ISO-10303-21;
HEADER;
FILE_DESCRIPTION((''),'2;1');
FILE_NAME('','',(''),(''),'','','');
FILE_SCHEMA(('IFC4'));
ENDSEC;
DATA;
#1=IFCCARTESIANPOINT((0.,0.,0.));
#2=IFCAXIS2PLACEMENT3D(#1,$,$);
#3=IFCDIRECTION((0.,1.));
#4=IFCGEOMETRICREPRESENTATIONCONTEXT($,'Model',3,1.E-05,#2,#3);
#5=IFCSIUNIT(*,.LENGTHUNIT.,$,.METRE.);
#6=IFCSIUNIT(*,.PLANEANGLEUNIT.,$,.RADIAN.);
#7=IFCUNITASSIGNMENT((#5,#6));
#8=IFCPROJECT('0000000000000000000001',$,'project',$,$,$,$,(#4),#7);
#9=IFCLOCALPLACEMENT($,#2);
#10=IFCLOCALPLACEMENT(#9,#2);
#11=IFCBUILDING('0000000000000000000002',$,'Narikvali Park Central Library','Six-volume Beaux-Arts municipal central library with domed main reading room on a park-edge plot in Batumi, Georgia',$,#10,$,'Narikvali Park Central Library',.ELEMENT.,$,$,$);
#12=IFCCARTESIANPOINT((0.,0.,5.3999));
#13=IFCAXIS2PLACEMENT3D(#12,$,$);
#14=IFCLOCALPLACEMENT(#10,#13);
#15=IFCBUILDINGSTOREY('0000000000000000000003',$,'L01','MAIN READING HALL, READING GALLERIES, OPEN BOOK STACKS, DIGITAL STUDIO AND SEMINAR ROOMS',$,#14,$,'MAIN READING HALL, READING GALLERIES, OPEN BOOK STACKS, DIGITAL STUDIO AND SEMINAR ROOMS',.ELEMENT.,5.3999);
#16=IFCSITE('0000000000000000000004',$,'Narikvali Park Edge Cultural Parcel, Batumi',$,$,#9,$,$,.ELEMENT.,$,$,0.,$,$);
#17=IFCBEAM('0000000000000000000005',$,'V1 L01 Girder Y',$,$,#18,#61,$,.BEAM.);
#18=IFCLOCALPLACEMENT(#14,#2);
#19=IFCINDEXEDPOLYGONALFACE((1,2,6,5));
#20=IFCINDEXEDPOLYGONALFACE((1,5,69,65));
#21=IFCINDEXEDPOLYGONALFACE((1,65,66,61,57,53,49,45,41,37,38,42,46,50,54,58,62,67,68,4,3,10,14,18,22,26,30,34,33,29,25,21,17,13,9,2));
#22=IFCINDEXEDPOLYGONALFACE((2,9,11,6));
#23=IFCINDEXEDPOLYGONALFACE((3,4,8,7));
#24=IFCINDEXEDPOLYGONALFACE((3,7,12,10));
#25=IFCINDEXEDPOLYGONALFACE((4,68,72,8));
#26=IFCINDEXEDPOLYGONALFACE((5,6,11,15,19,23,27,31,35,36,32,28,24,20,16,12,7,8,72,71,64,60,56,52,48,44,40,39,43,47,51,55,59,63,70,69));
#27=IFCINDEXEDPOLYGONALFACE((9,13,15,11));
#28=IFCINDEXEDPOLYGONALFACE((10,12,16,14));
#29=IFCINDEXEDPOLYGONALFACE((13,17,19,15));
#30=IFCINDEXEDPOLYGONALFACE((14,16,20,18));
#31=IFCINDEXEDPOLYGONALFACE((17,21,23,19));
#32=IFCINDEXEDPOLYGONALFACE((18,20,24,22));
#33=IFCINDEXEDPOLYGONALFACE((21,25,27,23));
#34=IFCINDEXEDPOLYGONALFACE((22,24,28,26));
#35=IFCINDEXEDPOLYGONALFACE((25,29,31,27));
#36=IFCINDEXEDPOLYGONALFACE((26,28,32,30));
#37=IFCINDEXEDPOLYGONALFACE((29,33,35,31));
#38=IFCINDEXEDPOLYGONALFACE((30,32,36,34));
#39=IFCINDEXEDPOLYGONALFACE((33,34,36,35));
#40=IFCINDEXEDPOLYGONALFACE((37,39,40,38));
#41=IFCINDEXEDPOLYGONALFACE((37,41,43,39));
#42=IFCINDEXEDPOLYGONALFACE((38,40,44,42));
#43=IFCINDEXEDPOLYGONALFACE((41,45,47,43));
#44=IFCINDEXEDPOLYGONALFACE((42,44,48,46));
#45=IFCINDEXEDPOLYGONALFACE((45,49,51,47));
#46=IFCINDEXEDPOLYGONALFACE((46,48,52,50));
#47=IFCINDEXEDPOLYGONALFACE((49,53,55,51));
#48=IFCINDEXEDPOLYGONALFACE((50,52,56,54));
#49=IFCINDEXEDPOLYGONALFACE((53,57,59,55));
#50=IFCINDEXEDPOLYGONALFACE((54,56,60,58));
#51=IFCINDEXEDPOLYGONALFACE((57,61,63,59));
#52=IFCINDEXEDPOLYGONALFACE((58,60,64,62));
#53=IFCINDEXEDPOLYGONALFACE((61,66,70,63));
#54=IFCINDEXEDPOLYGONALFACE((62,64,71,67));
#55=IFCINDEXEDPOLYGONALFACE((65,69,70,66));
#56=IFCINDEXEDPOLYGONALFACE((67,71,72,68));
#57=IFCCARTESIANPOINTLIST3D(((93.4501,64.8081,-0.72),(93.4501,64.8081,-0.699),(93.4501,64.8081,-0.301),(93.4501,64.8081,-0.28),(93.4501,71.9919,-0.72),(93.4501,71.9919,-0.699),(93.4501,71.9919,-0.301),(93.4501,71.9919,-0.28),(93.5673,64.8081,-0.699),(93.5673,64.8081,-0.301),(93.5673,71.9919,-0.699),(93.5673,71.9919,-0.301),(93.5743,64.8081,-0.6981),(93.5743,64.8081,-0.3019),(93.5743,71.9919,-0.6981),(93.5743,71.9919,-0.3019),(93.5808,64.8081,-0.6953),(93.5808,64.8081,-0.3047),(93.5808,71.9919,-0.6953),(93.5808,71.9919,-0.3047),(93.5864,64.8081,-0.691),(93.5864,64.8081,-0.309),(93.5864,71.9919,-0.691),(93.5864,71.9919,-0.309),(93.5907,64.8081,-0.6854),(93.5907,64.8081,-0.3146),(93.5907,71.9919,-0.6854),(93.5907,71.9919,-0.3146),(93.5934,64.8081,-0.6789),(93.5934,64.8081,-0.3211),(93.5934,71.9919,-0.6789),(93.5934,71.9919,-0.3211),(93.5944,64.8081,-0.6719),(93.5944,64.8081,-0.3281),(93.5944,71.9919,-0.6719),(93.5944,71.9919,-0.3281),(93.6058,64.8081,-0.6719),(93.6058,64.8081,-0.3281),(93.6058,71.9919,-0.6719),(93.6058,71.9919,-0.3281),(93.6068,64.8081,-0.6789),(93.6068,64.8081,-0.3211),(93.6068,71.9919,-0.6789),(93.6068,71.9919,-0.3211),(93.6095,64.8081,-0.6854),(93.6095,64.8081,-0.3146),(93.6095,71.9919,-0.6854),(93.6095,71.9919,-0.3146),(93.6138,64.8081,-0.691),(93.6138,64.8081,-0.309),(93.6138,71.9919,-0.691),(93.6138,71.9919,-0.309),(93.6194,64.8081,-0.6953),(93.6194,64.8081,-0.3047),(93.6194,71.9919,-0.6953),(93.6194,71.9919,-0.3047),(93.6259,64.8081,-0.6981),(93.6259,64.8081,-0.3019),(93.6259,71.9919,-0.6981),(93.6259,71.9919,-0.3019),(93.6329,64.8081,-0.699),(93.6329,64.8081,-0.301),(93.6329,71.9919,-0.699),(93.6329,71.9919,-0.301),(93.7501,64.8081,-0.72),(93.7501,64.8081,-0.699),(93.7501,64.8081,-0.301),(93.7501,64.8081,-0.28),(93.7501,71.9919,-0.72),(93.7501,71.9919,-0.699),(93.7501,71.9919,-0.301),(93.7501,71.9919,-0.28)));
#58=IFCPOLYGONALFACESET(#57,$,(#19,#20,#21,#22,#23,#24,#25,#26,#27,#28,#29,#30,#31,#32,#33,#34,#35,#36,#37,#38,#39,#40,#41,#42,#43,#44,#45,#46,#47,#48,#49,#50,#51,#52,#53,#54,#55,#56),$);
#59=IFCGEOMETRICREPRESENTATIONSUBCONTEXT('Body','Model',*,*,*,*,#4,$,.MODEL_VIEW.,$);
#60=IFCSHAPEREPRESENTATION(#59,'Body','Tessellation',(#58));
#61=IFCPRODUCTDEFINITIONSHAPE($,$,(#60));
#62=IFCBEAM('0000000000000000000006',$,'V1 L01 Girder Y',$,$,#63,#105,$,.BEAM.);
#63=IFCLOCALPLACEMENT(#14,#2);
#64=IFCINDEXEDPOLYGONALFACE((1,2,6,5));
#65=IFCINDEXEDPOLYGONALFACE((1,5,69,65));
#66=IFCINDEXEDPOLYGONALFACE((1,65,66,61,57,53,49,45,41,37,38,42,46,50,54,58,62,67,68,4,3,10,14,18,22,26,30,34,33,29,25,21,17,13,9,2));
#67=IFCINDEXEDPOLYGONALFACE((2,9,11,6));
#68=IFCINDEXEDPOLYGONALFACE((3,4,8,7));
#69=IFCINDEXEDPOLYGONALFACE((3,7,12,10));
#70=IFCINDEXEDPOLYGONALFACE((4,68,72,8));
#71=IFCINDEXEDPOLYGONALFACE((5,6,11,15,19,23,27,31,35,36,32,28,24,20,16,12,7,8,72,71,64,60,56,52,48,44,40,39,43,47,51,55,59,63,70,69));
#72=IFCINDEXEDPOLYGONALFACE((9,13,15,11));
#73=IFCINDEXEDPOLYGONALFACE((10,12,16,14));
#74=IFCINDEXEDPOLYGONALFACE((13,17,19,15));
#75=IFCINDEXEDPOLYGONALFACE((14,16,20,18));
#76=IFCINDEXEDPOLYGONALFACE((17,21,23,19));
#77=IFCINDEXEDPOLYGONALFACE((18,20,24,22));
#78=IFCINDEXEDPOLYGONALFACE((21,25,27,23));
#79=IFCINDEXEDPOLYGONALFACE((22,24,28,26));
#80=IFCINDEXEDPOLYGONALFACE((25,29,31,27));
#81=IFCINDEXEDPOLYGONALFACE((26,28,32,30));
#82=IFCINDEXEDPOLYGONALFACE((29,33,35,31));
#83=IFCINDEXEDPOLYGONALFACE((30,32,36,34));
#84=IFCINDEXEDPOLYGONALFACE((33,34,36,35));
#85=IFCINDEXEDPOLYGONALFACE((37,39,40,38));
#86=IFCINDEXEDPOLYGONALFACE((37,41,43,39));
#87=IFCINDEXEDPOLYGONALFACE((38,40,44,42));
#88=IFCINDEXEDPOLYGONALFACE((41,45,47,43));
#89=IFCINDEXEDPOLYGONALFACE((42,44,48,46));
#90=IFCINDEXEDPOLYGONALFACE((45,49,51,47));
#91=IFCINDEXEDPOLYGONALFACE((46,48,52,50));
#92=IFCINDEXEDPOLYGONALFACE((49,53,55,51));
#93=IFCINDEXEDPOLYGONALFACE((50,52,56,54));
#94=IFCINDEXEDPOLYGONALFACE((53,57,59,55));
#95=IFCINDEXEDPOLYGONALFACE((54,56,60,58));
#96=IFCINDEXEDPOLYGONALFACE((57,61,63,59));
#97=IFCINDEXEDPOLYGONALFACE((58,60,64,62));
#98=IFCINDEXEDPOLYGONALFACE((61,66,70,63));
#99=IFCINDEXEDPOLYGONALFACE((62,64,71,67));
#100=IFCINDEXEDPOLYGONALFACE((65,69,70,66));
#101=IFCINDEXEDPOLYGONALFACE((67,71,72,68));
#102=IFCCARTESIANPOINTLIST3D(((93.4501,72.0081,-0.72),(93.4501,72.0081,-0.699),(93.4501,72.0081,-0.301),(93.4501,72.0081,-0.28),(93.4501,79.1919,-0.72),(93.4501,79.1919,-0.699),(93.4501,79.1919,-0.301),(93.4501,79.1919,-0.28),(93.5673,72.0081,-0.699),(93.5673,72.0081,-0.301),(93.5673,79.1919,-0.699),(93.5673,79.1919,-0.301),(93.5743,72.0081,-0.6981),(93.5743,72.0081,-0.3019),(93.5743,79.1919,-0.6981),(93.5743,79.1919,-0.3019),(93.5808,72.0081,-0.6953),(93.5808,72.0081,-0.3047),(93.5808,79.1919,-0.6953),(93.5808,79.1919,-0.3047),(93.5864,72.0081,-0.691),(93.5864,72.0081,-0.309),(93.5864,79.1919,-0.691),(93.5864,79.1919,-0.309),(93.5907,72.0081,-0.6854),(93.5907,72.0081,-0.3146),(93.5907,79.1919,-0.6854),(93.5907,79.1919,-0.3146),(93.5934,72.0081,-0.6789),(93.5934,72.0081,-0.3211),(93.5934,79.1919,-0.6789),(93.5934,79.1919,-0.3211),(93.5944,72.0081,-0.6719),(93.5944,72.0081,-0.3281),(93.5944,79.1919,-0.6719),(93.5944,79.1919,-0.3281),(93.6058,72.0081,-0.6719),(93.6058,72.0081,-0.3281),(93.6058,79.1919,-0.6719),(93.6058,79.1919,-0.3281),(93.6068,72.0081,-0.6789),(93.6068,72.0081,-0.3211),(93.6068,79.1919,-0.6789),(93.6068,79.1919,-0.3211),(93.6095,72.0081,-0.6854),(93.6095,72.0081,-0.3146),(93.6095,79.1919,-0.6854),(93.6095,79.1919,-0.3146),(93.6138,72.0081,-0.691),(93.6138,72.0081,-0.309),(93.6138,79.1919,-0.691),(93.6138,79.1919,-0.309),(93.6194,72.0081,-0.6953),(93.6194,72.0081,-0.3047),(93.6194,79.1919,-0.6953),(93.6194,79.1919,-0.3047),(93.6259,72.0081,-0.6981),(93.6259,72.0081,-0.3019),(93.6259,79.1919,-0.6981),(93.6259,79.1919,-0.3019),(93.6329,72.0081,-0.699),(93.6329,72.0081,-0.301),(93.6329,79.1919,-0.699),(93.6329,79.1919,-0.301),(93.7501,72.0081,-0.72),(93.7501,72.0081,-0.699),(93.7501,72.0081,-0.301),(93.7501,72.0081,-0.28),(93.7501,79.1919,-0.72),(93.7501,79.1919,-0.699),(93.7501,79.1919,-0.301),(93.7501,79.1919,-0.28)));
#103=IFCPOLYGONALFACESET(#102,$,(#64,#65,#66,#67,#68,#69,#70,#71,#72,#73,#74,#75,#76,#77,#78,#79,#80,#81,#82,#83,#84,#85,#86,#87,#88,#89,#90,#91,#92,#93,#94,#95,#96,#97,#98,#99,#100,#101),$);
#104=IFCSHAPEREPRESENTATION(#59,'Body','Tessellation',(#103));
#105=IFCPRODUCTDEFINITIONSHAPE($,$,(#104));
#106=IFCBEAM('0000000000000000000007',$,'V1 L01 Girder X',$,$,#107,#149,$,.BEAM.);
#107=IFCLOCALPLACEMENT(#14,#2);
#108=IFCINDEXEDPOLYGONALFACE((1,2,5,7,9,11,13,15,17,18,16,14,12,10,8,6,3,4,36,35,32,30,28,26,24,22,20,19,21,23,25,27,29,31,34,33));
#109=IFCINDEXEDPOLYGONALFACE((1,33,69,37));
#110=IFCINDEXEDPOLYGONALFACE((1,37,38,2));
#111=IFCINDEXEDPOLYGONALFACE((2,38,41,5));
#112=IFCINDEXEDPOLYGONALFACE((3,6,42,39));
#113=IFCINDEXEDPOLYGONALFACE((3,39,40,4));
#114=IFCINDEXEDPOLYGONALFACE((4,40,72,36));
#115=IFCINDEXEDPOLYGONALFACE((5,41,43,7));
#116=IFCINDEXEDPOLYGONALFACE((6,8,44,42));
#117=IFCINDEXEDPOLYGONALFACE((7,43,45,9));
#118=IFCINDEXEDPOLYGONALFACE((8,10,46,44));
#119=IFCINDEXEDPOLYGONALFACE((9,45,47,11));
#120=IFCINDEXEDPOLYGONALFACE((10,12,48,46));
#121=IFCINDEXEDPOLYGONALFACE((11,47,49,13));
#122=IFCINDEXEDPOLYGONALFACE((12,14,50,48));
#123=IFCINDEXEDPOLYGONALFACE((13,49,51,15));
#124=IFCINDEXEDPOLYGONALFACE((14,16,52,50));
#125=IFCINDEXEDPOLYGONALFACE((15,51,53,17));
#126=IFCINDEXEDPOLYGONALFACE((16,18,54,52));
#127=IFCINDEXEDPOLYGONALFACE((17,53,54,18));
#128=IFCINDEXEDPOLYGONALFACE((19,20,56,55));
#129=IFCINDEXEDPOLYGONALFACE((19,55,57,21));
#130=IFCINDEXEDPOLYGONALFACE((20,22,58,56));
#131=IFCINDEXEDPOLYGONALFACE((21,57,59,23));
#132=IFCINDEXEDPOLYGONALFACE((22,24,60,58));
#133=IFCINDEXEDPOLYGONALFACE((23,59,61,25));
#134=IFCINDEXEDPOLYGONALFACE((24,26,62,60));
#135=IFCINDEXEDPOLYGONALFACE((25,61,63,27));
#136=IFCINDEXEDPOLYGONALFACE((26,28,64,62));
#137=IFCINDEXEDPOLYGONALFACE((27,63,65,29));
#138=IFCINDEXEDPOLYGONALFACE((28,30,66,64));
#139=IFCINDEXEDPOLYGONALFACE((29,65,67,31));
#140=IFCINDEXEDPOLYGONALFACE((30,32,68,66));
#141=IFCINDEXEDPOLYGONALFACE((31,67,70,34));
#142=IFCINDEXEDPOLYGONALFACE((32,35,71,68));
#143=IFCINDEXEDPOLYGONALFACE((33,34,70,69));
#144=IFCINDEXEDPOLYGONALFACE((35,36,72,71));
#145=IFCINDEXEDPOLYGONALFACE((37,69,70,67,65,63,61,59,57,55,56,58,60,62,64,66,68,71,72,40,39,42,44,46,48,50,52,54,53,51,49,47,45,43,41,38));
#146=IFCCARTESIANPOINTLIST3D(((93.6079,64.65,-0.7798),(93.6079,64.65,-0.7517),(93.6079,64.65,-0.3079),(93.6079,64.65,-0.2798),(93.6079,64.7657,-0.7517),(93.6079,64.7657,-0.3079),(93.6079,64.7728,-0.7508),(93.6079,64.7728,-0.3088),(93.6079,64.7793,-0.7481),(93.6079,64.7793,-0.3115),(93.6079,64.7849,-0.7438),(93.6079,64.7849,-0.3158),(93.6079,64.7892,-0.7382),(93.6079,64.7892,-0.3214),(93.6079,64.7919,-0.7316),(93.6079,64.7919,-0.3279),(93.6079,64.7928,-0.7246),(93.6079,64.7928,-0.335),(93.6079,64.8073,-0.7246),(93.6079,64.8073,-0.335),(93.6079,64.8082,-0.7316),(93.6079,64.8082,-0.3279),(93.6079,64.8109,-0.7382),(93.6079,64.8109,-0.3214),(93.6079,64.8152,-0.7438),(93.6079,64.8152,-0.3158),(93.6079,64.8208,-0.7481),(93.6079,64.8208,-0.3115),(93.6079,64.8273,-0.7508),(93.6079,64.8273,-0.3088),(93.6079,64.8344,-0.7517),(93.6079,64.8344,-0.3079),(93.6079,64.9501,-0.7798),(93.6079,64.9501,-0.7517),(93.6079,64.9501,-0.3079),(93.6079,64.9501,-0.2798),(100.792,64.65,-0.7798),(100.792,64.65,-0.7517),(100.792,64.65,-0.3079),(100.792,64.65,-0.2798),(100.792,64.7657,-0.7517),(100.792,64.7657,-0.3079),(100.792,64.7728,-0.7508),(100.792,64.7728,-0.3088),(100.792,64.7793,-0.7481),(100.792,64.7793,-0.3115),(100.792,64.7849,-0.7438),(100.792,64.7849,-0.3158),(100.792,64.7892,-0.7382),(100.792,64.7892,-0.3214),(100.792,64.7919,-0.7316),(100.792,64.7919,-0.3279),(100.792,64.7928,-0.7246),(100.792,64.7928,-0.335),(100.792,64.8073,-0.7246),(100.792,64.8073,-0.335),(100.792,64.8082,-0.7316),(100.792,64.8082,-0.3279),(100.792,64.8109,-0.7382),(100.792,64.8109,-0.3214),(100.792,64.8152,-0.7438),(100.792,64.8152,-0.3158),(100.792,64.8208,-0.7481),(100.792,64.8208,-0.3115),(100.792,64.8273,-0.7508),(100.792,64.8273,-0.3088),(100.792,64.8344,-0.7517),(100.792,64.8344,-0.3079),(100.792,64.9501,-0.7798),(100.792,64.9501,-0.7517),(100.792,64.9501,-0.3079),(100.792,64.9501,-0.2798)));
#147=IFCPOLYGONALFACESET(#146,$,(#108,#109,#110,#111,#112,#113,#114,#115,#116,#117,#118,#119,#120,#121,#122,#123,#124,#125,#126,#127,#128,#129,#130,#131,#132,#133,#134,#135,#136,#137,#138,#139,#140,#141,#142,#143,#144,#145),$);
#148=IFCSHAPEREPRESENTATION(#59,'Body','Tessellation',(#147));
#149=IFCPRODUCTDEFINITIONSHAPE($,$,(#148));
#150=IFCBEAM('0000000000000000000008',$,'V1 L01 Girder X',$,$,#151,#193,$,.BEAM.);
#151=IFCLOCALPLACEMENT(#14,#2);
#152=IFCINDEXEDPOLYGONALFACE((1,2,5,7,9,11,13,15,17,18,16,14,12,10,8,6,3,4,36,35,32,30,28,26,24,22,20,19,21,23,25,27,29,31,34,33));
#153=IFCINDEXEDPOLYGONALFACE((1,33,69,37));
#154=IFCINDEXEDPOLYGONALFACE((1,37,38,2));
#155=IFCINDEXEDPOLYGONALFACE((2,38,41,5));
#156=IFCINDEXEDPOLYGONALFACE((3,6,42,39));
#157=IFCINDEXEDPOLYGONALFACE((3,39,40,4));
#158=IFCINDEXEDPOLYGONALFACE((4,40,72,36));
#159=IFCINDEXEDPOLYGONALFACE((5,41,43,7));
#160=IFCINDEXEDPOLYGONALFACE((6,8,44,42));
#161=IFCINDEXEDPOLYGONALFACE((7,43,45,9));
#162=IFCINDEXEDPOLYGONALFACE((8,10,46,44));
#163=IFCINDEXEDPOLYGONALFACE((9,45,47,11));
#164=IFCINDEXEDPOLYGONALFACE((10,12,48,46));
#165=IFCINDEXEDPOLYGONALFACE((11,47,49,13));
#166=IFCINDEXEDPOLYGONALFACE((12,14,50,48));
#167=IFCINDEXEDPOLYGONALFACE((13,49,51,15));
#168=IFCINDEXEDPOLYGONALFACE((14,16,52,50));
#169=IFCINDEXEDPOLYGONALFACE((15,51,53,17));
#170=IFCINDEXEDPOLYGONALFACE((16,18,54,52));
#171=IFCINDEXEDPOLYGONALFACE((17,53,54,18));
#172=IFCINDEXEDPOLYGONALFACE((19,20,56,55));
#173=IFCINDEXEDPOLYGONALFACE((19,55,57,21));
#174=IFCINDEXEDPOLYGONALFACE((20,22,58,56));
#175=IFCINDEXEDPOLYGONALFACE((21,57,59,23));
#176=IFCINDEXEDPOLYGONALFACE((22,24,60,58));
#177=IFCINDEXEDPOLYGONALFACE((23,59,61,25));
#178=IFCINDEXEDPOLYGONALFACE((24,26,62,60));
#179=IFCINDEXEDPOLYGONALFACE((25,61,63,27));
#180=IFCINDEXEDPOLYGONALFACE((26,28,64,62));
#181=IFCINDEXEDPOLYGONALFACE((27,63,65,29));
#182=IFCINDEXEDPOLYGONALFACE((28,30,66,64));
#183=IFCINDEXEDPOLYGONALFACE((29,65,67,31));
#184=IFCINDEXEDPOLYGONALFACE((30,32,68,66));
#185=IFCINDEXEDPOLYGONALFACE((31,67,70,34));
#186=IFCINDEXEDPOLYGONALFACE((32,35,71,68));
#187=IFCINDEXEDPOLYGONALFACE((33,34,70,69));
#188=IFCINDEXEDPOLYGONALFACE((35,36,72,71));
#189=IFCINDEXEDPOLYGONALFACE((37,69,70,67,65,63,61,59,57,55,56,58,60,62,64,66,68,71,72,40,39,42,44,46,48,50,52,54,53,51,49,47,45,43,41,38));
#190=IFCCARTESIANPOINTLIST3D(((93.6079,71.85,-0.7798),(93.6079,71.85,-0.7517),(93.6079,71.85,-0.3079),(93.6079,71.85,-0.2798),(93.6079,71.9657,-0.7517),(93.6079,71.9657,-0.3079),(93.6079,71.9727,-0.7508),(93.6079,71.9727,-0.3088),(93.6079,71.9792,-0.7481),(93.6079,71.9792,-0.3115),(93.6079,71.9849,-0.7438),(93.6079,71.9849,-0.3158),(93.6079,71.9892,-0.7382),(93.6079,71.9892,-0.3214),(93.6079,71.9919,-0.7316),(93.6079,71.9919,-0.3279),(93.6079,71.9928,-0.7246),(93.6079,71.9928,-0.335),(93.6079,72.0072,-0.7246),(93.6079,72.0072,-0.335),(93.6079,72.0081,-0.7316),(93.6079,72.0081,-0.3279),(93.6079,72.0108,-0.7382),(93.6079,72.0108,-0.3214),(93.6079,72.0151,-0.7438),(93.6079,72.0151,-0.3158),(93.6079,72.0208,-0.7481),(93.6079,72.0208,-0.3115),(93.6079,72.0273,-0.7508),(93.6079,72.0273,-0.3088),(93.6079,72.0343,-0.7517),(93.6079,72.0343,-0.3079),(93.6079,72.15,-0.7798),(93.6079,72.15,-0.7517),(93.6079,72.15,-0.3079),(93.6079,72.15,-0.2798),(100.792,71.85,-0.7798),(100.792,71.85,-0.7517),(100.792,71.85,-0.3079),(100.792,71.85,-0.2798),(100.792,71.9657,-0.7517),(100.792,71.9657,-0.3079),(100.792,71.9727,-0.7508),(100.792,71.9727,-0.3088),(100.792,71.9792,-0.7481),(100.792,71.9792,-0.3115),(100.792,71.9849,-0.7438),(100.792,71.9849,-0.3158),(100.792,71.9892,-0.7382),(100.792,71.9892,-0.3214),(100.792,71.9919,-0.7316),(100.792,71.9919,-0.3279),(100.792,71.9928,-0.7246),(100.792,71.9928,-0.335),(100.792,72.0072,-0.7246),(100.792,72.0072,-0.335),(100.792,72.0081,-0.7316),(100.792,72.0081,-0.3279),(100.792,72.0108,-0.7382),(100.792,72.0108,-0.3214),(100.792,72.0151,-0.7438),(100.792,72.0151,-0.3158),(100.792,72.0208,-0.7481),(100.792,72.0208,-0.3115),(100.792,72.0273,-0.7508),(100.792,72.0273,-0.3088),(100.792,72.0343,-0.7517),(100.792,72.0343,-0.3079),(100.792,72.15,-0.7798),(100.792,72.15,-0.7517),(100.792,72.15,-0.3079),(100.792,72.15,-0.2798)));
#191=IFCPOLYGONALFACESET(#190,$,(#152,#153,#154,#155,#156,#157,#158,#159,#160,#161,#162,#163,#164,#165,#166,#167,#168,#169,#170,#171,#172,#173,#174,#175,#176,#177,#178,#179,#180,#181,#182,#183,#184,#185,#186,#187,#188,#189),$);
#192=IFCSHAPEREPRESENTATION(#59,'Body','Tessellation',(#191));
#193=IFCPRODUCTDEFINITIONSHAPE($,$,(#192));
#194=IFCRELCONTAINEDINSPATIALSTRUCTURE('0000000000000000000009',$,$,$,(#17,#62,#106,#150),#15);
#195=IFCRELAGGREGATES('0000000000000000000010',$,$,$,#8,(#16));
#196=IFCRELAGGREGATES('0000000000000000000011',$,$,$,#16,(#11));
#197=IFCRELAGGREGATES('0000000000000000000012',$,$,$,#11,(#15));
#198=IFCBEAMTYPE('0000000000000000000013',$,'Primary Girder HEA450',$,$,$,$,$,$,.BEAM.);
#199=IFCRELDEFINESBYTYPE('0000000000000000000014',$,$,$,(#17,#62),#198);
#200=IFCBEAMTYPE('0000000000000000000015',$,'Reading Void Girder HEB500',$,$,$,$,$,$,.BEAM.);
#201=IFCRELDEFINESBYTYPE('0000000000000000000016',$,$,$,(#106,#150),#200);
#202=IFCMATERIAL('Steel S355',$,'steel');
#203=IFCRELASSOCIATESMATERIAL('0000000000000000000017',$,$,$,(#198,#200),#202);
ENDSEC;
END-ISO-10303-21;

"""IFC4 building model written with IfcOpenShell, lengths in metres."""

from ifc_helpers import new_model, si_unit, direction, frame, origin, origin_2d, place, context, subcontext, project, spatial, i_section, extrude, material, material_profile, profile_set, type_object, element, save


model = new_model("IFC4")

# Units and contexts
model_context = context("Model", 3, precision=1e-05, world=origin(), true_north=direction((0.0, 1.0)))
body_context = subcontext(model_context, "Body", "Model", "MODEL_VIEW")
ifc_project = project(units=[si_unit("LENGTHUNIT", "METRE"), si_unit("PLANEANGLEUNIT", "RADIAN")], contexts=[model_context])

# Site, building, storey
site_placement = place(None, origin())
site = spatial("IfcSite", under=ifc_project, at=site_placement, Name="Narikvali Park Edge Cultural Parcel, Batumi", CompositionType="ELEMENT", RefElevation=0.0)
building_placement = place(site_placement, origin())
building = spatial("IfcBuilding", under=site, at=building_placement, Name="Narikvali Park Central Library", Description="Six-volume Beaux-Arts municipal central library with domed main reading room on a park-edge plot in Batumi, Georgia", LongName="Narikvali Park Central Library", CompositionType="ELEMENT")
storey_placement = place(building_placement, frame((0.0, 0.0, 5.3999)))
storey = spatial("IfcBuildingStorey", under=building, at=storey_placement, Name="L01", Description="MAIN READING HALL, READING GALLERIES, OPEN BOOK STACKS, DIGITAL STUDIO AND SEMINAR ROOMS", LongName="MAIN READING HALL, READING GALLERIES, OPEN BOOK STACKS, DIGITAL STUDIO AND SEMINAR ROOMS", CompositionType="ELEMENT", Elevation=5.3999)

# Shared definitions
ifc_material_1 = material(Name="Steel S355", Category="steel")

# Beams
ifc_material_profile_1 = material_profile(ifc_material_1, i_section(OverallWidth=0.3, OverallDepth=0.4399, WebThickness=0.0115, FlangeThickness=0.021, FilletRadius=0.0271, at=origin_2d()), Name="HEA 450")
ifc_profile_set_1 = profile_set([ifc_material_profile_1], Name="Steel S355")
beam_type_1 = type_object("IfcBeamType", Name="Primary Girder HEA450", PredefinedType="BEAM", material=ifc_profile_set_1)
for number, where, z_axis, x_axis, name in (
    (1, (93.6001, 64.8081, -0.5), (0.0, 1.0, 0.0), (-1.0, 0.0, 0.0), "V1 L01 Girder Y"),
    (2, (93.6001, 72.0081, -0.5), (0.0, 1.0, 0.0), (-1.0, 0.0, 0.0), "V1 L01 Girder Y"),
):
    element("IfcBeam", number, at=place(storey_placement, frame(where, z_axis=z_axis, x_axis=x_axis)), inside=storey, type_object=beam_type_1, Name=name, PredefinedType="BEAM", context=body_context, shape_type="SweptSolid", body=[
        extrude(i_section(OverallWidth=0.3, OverallDepth=0.4399, WebThickness=0.0115, FlangeThickness=0.021, FilletRadius=0.0271, at=origin_2d()), origin(), (0.0, 0.0, 1.0), 7.1838),
    ])
ifc_material_profile_2 = material_profile(ifc_material_1, i_section(OverallWidth=0.3, OverallDepth=0.5, WebThickness=0.0144, FlangeThickness=0.0281, FilletRadius=0.0271, at=origin_2d()), Name="HEB 500")
ifc_profile_set_2 = profile_set([ifc_material_profile_2], Name="Steel S355")
beam_type_2 = type_object("IfcBeamType", Name="Reading Void Girder HEB500", PredefinedType="BEAM", material=ifc_profile_set_2)
for number, where, z_axis, x_axis, name in (
    (3, (93.6079, 64.8, -0.5298), (1.0, 0.0, 0.0), (0.0, 1.0, 0.0), "V1 L01 Girder X"),
    (4, (93.6079, 72.0, -0.5298), (1.0, 0.0, 0.0), (0.0, 1.0, 0.0), "V1 L01 Girder X"),
):
    element("IfcBeam", number, at=place(storey_placement, frame(where, z_axis=z_axis, x_axis=x_axis)), inside=storey, type_object=beam_type_2, Name=name, PredefinedType="BEAM", context=body_context, shape_type="SweptSolid", body=[
        extrude(i_section(OverallWidth=0.3, OverallDepth=0.5, WebThickness=0.0144, FlangeThickness=0.0281, FilletRadius=0.0271, at=origin_2d()), origin(), (0.0, 0.0, 1.0), 7.1841),
    ])

save(model, "model.ifc")
